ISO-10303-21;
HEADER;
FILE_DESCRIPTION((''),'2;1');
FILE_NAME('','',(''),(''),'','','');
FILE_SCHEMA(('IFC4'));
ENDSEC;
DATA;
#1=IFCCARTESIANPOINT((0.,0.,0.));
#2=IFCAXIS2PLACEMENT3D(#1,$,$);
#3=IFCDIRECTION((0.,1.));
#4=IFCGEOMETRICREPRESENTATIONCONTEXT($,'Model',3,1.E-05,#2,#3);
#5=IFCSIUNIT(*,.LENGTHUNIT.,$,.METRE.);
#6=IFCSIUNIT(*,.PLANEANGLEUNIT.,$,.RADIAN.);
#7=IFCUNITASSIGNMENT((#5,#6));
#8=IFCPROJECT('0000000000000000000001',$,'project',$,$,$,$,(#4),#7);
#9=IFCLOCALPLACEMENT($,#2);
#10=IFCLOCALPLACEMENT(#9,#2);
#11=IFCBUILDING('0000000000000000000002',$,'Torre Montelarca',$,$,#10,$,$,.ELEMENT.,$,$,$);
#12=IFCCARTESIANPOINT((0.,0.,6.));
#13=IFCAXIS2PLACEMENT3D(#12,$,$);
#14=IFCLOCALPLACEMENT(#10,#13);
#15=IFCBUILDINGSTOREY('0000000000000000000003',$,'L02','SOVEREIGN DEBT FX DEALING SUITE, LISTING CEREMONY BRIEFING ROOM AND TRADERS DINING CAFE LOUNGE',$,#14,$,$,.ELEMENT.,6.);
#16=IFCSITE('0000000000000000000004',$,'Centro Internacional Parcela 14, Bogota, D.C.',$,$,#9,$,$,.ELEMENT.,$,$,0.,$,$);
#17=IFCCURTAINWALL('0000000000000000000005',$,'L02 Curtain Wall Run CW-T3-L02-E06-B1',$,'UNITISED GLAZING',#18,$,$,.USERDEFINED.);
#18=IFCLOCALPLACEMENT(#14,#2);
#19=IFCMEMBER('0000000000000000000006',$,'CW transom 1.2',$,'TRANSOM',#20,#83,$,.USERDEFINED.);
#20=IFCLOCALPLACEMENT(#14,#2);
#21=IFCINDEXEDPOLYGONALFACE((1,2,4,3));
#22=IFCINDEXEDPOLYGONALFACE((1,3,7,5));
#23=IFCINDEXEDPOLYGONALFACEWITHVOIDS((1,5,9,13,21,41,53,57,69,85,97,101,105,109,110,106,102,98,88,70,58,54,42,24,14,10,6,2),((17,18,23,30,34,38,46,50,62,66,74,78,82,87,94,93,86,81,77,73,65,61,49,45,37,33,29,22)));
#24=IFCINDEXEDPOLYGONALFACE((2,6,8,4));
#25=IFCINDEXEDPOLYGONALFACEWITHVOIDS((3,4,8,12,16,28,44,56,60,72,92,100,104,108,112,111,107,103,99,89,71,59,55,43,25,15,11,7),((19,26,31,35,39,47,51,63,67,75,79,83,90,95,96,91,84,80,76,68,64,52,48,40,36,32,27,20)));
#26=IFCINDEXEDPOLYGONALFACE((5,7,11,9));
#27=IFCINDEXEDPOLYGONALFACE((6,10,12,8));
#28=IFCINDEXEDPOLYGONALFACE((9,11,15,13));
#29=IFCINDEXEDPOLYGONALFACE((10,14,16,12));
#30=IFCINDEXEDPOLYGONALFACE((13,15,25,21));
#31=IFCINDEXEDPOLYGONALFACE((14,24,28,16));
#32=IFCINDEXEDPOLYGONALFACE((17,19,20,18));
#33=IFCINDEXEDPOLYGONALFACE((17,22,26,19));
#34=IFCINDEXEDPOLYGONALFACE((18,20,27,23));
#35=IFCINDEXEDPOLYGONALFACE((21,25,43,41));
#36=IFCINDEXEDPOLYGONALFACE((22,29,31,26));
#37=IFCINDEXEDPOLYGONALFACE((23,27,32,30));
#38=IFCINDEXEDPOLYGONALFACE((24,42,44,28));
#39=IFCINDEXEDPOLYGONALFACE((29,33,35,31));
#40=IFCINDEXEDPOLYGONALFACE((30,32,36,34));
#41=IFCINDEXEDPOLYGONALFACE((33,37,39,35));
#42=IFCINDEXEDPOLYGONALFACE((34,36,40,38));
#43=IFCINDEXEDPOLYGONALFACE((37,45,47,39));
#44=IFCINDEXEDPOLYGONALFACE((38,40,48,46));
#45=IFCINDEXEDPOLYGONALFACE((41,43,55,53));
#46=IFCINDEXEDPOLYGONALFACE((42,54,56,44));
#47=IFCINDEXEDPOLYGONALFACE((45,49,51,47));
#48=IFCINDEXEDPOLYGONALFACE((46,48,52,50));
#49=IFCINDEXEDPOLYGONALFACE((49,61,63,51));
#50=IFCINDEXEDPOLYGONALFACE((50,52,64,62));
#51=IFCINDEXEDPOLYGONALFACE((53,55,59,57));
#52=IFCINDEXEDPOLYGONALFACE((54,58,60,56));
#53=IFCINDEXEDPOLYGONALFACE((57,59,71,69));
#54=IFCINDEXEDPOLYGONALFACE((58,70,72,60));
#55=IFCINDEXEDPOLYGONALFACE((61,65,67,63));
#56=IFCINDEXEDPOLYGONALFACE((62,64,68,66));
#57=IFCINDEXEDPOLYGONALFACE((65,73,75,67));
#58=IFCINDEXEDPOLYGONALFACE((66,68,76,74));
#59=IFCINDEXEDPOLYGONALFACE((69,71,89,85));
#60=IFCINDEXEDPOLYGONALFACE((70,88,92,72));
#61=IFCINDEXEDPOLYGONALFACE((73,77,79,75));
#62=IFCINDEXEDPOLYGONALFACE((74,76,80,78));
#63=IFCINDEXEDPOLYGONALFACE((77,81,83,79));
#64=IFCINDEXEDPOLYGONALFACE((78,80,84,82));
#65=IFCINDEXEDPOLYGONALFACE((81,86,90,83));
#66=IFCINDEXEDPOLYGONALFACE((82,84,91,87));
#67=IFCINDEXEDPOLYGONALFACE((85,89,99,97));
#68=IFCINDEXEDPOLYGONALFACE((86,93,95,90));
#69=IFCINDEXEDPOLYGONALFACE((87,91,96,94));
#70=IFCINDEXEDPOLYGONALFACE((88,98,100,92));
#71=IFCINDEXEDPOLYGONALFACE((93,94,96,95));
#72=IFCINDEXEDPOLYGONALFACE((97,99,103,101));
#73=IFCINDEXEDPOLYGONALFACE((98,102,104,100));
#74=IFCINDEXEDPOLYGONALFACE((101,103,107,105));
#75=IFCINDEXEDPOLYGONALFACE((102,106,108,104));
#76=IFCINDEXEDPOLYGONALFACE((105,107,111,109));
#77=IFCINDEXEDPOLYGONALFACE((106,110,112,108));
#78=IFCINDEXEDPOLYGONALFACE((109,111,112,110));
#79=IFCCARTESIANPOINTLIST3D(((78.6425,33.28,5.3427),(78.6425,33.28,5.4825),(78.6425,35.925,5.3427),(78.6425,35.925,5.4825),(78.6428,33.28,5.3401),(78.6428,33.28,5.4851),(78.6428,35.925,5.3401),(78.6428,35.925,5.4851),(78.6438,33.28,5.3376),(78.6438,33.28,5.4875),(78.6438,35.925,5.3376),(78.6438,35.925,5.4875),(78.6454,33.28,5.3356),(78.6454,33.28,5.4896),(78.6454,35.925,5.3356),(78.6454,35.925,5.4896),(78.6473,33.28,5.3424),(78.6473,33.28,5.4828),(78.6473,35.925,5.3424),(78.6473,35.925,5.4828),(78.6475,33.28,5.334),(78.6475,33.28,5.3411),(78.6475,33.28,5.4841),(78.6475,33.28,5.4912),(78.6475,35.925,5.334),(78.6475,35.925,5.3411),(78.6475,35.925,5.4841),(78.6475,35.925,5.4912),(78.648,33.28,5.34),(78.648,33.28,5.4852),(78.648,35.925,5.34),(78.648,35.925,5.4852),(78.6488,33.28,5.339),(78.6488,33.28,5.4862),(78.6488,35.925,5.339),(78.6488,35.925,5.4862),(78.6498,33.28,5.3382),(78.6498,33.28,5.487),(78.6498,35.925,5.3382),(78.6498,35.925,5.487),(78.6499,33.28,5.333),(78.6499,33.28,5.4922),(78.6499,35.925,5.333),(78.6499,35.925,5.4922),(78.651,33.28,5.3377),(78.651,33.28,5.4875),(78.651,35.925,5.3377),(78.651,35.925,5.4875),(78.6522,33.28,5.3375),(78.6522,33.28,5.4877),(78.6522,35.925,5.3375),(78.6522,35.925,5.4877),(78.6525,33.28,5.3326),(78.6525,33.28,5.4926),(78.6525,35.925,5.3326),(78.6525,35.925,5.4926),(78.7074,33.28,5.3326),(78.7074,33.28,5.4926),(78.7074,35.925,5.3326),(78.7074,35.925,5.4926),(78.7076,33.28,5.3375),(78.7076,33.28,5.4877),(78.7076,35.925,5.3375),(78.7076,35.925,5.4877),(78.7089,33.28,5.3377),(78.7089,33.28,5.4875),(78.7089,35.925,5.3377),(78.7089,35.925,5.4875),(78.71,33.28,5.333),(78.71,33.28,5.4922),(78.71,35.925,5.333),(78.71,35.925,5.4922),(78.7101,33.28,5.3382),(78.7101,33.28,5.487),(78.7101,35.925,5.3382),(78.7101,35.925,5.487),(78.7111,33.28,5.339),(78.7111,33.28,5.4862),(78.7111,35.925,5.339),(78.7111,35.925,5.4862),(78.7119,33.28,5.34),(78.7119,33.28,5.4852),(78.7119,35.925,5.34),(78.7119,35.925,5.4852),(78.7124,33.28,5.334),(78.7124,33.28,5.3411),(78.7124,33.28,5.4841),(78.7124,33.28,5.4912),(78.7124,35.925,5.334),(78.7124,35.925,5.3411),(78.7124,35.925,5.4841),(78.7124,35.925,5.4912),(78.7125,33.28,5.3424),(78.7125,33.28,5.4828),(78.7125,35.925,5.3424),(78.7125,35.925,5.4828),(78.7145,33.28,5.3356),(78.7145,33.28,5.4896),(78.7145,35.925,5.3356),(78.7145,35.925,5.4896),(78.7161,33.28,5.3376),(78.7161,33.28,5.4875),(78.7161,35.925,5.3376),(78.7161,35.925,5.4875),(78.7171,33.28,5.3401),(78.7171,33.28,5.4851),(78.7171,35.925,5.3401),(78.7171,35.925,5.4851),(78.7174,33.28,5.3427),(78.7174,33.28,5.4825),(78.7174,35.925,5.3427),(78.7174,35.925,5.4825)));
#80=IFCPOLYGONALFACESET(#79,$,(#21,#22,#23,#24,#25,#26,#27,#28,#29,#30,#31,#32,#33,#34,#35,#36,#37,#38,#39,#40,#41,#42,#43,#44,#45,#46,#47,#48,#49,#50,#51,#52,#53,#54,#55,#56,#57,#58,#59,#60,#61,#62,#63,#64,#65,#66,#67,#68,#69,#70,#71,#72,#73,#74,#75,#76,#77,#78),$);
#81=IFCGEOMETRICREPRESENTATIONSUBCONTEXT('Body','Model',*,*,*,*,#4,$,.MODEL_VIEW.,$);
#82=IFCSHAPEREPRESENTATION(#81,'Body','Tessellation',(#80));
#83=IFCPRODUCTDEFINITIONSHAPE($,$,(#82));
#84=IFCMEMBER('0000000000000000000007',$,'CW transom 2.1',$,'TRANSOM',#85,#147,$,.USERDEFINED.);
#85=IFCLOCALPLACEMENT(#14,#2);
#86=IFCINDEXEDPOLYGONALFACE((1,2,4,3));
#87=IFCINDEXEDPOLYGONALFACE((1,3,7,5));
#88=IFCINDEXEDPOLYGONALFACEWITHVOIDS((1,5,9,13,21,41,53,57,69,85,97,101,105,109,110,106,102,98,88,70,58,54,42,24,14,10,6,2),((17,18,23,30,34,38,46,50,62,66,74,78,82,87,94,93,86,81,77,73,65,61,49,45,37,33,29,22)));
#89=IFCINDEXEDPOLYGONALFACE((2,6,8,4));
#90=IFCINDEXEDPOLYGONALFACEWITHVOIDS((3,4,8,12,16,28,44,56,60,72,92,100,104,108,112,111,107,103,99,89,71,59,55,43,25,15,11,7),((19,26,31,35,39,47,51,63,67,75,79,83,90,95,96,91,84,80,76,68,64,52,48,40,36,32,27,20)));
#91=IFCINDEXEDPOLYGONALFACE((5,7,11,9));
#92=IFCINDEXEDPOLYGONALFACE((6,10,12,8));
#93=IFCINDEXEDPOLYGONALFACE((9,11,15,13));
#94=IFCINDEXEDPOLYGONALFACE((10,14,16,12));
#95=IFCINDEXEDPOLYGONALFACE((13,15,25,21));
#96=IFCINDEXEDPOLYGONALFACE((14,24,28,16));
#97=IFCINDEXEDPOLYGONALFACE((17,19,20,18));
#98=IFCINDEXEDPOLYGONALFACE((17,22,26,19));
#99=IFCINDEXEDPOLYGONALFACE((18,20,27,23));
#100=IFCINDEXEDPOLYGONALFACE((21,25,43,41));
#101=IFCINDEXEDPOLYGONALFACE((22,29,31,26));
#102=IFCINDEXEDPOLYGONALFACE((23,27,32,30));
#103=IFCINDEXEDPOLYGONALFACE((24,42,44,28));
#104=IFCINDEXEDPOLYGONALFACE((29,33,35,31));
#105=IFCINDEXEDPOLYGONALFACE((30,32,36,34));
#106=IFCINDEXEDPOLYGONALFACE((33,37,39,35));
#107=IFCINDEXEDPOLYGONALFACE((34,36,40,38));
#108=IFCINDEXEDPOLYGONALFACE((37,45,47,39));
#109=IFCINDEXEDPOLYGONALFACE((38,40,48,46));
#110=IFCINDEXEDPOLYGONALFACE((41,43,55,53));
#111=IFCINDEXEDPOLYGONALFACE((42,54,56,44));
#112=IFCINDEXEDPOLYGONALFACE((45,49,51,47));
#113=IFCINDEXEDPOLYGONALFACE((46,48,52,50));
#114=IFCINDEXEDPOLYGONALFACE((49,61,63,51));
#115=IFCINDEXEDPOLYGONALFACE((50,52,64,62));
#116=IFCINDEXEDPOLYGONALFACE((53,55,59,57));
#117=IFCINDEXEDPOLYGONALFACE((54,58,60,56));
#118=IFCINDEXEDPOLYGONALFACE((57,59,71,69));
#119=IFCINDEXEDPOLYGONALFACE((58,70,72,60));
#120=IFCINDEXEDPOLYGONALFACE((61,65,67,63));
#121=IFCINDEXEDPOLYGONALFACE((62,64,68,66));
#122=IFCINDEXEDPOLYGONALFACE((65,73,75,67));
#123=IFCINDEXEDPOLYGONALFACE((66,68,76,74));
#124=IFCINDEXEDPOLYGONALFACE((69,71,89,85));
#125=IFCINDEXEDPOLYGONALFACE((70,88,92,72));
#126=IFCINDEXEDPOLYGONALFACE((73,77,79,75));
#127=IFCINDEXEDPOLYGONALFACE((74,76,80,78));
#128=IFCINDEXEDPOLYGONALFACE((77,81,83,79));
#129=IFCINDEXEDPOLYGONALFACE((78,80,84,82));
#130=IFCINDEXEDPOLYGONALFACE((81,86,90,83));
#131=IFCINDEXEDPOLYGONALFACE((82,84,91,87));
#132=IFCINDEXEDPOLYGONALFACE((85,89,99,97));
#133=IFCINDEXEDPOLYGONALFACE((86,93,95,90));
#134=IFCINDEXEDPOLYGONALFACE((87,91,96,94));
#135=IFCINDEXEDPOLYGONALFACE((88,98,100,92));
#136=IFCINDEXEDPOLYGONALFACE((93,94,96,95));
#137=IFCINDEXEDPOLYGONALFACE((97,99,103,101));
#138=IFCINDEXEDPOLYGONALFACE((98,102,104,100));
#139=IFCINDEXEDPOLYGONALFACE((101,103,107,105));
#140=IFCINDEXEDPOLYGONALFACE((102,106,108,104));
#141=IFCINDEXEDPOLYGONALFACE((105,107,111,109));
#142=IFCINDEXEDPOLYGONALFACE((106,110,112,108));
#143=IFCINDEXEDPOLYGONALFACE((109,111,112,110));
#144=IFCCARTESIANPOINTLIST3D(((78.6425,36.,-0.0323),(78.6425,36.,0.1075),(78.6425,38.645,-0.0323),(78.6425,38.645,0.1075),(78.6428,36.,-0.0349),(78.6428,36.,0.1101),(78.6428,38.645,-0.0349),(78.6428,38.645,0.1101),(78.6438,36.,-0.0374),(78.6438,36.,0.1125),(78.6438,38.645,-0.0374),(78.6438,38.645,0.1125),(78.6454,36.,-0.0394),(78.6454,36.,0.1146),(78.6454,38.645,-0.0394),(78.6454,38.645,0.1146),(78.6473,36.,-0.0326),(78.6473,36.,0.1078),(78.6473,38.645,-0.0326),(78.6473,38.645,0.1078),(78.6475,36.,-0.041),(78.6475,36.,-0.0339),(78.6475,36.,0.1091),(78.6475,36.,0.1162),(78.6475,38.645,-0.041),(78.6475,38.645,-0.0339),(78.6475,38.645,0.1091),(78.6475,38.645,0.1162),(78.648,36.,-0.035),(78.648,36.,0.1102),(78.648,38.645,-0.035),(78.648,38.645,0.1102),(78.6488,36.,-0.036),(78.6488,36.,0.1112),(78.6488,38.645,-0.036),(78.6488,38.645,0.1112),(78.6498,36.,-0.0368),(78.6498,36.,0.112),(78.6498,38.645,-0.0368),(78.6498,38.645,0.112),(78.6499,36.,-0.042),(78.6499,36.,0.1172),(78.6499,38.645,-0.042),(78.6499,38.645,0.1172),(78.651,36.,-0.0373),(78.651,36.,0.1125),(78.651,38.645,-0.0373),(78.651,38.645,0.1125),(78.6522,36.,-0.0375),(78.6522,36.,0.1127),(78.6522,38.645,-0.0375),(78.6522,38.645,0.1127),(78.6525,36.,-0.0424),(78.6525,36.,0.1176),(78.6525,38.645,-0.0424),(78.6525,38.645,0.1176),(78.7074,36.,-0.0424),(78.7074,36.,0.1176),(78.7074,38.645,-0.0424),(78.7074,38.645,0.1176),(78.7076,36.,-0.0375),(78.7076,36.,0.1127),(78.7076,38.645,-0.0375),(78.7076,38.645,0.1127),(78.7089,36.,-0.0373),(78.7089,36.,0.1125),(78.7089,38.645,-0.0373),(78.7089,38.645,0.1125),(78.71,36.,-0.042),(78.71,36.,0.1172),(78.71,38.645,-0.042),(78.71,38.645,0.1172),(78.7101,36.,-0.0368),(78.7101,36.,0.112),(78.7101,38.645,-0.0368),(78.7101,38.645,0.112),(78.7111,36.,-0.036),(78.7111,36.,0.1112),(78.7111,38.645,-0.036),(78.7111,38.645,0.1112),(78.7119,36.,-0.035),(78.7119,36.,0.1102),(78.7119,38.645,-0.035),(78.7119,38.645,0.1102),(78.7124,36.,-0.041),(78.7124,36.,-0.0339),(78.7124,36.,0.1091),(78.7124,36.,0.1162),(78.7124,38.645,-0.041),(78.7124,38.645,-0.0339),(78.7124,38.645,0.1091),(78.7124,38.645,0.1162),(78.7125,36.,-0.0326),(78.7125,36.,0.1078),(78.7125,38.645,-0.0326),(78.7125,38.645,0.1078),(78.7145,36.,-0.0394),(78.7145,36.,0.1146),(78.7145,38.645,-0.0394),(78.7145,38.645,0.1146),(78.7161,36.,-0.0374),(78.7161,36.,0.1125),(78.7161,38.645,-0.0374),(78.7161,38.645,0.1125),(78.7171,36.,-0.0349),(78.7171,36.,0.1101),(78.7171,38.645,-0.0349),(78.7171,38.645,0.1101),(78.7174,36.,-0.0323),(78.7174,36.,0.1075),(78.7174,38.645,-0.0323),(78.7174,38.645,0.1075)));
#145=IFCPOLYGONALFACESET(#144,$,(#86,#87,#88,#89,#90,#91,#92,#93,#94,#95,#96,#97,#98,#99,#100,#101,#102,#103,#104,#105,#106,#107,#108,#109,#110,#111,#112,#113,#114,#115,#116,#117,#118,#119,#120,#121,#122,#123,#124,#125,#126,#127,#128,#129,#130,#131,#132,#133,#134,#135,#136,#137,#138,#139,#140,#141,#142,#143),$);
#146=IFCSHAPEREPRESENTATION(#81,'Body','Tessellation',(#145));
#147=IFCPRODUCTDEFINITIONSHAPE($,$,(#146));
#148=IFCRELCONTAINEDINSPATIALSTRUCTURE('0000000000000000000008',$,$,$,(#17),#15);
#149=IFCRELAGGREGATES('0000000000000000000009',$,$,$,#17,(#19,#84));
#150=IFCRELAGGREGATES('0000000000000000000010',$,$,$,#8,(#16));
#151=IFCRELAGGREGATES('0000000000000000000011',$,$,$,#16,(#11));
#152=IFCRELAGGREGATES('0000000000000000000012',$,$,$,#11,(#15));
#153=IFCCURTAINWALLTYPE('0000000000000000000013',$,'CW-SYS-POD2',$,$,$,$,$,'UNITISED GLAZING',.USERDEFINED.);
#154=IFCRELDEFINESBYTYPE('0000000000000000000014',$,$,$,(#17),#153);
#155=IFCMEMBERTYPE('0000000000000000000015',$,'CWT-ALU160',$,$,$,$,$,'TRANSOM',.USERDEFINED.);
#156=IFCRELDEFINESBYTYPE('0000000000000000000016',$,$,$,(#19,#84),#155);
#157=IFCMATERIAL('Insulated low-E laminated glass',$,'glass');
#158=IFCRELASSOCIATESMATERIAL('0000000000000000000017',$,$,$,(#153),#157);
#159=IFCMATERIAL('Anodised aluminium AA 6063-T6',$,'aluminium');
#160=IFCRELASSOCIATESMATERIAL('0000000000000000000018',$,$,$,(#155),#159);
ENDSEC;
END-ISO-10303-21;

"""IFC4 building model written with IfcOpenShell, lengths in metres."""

from ifc_helpers import new_model, si_unit, direction, frame, origin, origin_2d, place, context, subcontext, project, spatial, hollow_rectangle, extrude, source, transform, mapped, material, material_profile, profile_set, type_object, element, aggregate, save


model = new_model("IFC4")

# Units and contexts
model_context = context("Model", 3, precision=1e-05, world=origin(), true_north=direction((0.0, 1.0)))
body_context = subcontext(model_context, "Body", "Model", "MODEL_VIEW")
ifc_project = project(units=[si_unit("LENGTHUNIT", "METRE"), si_unit("PLANEANGLEUNIT", "RADIAN")], contexts=[model_context])

# Site, building, storey
site_placement = place(None, origin())
site = spatial("IfcSite", under=ifc_project, at=site_placement, Name="Centro Internacional Parcela 14, Bogota, D.C.", CompositionType="ELEMENT", RefElevation=0.0)
building_placement = place(site_placement, origin())
building = spatial("IfcBuilding", under=site, at=building_placement, Name="Torre Montelarca", CompositionType="ELEMENT")
storey_placement = place(building_placement, frame((0.0, 0.0, 6.0)))
storey = spatial("IfcBuildingStorey", under=building, at=storey_placement, Name="L02", Description="SOVEREIGN DEBT FX DEALING SUITE, LISTING CEREMONY BRIEFING ROOM AND TRADERS DINING CAFE LOUNGE", CompositionType="ELEMENT", Elevation=6.0)

# Curtain wall, members
ifc_material_1 = material(Name="Insulated low-E laminated glass", Category="glass")
curtain_wall_type = type_object("IfcCurtainWallType", Name="CW-SYS-POD2", ElementType="UNITISED GLAZING", PredefinedType="USERDEFINED", material=ifc_material_1)
curtain_wall_placement = place(storey_placement, origin())
curtain_wall = element("IfcCurtainWall", 1, at=curtain_wall_placement, inside=storey, type_object=curtain_wall_type, Name="L02 Curtain Wall Run CW-T3-L02-E06-B1", ObjectType="UNITISED GLAZING", PredefinedType="USERDEFINED")
ifc_material_2 = material(Name="Anodised aluminium AA 6063-T6", Category="aluminium")
ifc_material_profile_1 = material_profile(ifc_material_2, hollow_rectangle(XDim=0.075, YDim=0.1599, WallThickness=0.0049, InnerFilletRadius=0.0049, OuterFilletRadius=0.01, at=origin_2d()), Name="ALU75X160X5", Category="aluminium")
ifc_profile_set_1 = profile_set([ifc_material_profile_1], Name="Anodised aluminium AA 6063-T6")
member_type_1 = type_object("IfcMemberType", Name="CWT-ALU160", ElementType="TRANSOM", PredefinedType="USERDEFINED", material=ifc_profile_set_1)
shared_shape_1 = source(origin(), body_context, "Body", "SweptSolid", [
    extrude(hollow_rectangle(XDim=0.075, YDim=0.1599, WallThickness=0.0049, InnerFilletRadius=0.0049, OuterFilletRadius=0.01, at=origin_2d()), origin(), (0.0, 0.0, 1.0), 2.645),
])
member_1_placement = place(storey_placement, frame((78.6799, 33.28, 5.4126), z_axis=(0.0, 1.0, 0.0), x_axis=(-1.0, 0.0, 0.0)))
member_1 = element("IfcMember", 2, at=member_1_placement, type_object=member_type_1, Name="CW transom 1.2", ObjectType="TRANSOM", PredefinedType="USERDEFINED", context=body_context, shape_type="MappedRepresentation", body=[
    mapped(shared_shape_1, transform((0.0, 0.0, 0.0), scale=1.0)),
])
member_2_placement = place(storey_placement, frame((78.6799, 36.0, 0.0376), z_axis=(0.0, 1.0, 0.0), x_axis=(-1.0, 0.0, 0.0)))
member_2 = element("IfcMember", 3, at=member_2_placement, type_object=member_type_1, Name="CW transom 2.1", ObjectType="TRANSOM", PredefinedType="USERDEFINED", context=body_context, shape_type="MappedRepresentation", body=[
    mapped(shared_shape_1, transform((0.0, 0.0, 0.0), scale=1.0)),
])
aggregate(curtain_wall, [member_1, member_2])

save(model, "model.ifc")
